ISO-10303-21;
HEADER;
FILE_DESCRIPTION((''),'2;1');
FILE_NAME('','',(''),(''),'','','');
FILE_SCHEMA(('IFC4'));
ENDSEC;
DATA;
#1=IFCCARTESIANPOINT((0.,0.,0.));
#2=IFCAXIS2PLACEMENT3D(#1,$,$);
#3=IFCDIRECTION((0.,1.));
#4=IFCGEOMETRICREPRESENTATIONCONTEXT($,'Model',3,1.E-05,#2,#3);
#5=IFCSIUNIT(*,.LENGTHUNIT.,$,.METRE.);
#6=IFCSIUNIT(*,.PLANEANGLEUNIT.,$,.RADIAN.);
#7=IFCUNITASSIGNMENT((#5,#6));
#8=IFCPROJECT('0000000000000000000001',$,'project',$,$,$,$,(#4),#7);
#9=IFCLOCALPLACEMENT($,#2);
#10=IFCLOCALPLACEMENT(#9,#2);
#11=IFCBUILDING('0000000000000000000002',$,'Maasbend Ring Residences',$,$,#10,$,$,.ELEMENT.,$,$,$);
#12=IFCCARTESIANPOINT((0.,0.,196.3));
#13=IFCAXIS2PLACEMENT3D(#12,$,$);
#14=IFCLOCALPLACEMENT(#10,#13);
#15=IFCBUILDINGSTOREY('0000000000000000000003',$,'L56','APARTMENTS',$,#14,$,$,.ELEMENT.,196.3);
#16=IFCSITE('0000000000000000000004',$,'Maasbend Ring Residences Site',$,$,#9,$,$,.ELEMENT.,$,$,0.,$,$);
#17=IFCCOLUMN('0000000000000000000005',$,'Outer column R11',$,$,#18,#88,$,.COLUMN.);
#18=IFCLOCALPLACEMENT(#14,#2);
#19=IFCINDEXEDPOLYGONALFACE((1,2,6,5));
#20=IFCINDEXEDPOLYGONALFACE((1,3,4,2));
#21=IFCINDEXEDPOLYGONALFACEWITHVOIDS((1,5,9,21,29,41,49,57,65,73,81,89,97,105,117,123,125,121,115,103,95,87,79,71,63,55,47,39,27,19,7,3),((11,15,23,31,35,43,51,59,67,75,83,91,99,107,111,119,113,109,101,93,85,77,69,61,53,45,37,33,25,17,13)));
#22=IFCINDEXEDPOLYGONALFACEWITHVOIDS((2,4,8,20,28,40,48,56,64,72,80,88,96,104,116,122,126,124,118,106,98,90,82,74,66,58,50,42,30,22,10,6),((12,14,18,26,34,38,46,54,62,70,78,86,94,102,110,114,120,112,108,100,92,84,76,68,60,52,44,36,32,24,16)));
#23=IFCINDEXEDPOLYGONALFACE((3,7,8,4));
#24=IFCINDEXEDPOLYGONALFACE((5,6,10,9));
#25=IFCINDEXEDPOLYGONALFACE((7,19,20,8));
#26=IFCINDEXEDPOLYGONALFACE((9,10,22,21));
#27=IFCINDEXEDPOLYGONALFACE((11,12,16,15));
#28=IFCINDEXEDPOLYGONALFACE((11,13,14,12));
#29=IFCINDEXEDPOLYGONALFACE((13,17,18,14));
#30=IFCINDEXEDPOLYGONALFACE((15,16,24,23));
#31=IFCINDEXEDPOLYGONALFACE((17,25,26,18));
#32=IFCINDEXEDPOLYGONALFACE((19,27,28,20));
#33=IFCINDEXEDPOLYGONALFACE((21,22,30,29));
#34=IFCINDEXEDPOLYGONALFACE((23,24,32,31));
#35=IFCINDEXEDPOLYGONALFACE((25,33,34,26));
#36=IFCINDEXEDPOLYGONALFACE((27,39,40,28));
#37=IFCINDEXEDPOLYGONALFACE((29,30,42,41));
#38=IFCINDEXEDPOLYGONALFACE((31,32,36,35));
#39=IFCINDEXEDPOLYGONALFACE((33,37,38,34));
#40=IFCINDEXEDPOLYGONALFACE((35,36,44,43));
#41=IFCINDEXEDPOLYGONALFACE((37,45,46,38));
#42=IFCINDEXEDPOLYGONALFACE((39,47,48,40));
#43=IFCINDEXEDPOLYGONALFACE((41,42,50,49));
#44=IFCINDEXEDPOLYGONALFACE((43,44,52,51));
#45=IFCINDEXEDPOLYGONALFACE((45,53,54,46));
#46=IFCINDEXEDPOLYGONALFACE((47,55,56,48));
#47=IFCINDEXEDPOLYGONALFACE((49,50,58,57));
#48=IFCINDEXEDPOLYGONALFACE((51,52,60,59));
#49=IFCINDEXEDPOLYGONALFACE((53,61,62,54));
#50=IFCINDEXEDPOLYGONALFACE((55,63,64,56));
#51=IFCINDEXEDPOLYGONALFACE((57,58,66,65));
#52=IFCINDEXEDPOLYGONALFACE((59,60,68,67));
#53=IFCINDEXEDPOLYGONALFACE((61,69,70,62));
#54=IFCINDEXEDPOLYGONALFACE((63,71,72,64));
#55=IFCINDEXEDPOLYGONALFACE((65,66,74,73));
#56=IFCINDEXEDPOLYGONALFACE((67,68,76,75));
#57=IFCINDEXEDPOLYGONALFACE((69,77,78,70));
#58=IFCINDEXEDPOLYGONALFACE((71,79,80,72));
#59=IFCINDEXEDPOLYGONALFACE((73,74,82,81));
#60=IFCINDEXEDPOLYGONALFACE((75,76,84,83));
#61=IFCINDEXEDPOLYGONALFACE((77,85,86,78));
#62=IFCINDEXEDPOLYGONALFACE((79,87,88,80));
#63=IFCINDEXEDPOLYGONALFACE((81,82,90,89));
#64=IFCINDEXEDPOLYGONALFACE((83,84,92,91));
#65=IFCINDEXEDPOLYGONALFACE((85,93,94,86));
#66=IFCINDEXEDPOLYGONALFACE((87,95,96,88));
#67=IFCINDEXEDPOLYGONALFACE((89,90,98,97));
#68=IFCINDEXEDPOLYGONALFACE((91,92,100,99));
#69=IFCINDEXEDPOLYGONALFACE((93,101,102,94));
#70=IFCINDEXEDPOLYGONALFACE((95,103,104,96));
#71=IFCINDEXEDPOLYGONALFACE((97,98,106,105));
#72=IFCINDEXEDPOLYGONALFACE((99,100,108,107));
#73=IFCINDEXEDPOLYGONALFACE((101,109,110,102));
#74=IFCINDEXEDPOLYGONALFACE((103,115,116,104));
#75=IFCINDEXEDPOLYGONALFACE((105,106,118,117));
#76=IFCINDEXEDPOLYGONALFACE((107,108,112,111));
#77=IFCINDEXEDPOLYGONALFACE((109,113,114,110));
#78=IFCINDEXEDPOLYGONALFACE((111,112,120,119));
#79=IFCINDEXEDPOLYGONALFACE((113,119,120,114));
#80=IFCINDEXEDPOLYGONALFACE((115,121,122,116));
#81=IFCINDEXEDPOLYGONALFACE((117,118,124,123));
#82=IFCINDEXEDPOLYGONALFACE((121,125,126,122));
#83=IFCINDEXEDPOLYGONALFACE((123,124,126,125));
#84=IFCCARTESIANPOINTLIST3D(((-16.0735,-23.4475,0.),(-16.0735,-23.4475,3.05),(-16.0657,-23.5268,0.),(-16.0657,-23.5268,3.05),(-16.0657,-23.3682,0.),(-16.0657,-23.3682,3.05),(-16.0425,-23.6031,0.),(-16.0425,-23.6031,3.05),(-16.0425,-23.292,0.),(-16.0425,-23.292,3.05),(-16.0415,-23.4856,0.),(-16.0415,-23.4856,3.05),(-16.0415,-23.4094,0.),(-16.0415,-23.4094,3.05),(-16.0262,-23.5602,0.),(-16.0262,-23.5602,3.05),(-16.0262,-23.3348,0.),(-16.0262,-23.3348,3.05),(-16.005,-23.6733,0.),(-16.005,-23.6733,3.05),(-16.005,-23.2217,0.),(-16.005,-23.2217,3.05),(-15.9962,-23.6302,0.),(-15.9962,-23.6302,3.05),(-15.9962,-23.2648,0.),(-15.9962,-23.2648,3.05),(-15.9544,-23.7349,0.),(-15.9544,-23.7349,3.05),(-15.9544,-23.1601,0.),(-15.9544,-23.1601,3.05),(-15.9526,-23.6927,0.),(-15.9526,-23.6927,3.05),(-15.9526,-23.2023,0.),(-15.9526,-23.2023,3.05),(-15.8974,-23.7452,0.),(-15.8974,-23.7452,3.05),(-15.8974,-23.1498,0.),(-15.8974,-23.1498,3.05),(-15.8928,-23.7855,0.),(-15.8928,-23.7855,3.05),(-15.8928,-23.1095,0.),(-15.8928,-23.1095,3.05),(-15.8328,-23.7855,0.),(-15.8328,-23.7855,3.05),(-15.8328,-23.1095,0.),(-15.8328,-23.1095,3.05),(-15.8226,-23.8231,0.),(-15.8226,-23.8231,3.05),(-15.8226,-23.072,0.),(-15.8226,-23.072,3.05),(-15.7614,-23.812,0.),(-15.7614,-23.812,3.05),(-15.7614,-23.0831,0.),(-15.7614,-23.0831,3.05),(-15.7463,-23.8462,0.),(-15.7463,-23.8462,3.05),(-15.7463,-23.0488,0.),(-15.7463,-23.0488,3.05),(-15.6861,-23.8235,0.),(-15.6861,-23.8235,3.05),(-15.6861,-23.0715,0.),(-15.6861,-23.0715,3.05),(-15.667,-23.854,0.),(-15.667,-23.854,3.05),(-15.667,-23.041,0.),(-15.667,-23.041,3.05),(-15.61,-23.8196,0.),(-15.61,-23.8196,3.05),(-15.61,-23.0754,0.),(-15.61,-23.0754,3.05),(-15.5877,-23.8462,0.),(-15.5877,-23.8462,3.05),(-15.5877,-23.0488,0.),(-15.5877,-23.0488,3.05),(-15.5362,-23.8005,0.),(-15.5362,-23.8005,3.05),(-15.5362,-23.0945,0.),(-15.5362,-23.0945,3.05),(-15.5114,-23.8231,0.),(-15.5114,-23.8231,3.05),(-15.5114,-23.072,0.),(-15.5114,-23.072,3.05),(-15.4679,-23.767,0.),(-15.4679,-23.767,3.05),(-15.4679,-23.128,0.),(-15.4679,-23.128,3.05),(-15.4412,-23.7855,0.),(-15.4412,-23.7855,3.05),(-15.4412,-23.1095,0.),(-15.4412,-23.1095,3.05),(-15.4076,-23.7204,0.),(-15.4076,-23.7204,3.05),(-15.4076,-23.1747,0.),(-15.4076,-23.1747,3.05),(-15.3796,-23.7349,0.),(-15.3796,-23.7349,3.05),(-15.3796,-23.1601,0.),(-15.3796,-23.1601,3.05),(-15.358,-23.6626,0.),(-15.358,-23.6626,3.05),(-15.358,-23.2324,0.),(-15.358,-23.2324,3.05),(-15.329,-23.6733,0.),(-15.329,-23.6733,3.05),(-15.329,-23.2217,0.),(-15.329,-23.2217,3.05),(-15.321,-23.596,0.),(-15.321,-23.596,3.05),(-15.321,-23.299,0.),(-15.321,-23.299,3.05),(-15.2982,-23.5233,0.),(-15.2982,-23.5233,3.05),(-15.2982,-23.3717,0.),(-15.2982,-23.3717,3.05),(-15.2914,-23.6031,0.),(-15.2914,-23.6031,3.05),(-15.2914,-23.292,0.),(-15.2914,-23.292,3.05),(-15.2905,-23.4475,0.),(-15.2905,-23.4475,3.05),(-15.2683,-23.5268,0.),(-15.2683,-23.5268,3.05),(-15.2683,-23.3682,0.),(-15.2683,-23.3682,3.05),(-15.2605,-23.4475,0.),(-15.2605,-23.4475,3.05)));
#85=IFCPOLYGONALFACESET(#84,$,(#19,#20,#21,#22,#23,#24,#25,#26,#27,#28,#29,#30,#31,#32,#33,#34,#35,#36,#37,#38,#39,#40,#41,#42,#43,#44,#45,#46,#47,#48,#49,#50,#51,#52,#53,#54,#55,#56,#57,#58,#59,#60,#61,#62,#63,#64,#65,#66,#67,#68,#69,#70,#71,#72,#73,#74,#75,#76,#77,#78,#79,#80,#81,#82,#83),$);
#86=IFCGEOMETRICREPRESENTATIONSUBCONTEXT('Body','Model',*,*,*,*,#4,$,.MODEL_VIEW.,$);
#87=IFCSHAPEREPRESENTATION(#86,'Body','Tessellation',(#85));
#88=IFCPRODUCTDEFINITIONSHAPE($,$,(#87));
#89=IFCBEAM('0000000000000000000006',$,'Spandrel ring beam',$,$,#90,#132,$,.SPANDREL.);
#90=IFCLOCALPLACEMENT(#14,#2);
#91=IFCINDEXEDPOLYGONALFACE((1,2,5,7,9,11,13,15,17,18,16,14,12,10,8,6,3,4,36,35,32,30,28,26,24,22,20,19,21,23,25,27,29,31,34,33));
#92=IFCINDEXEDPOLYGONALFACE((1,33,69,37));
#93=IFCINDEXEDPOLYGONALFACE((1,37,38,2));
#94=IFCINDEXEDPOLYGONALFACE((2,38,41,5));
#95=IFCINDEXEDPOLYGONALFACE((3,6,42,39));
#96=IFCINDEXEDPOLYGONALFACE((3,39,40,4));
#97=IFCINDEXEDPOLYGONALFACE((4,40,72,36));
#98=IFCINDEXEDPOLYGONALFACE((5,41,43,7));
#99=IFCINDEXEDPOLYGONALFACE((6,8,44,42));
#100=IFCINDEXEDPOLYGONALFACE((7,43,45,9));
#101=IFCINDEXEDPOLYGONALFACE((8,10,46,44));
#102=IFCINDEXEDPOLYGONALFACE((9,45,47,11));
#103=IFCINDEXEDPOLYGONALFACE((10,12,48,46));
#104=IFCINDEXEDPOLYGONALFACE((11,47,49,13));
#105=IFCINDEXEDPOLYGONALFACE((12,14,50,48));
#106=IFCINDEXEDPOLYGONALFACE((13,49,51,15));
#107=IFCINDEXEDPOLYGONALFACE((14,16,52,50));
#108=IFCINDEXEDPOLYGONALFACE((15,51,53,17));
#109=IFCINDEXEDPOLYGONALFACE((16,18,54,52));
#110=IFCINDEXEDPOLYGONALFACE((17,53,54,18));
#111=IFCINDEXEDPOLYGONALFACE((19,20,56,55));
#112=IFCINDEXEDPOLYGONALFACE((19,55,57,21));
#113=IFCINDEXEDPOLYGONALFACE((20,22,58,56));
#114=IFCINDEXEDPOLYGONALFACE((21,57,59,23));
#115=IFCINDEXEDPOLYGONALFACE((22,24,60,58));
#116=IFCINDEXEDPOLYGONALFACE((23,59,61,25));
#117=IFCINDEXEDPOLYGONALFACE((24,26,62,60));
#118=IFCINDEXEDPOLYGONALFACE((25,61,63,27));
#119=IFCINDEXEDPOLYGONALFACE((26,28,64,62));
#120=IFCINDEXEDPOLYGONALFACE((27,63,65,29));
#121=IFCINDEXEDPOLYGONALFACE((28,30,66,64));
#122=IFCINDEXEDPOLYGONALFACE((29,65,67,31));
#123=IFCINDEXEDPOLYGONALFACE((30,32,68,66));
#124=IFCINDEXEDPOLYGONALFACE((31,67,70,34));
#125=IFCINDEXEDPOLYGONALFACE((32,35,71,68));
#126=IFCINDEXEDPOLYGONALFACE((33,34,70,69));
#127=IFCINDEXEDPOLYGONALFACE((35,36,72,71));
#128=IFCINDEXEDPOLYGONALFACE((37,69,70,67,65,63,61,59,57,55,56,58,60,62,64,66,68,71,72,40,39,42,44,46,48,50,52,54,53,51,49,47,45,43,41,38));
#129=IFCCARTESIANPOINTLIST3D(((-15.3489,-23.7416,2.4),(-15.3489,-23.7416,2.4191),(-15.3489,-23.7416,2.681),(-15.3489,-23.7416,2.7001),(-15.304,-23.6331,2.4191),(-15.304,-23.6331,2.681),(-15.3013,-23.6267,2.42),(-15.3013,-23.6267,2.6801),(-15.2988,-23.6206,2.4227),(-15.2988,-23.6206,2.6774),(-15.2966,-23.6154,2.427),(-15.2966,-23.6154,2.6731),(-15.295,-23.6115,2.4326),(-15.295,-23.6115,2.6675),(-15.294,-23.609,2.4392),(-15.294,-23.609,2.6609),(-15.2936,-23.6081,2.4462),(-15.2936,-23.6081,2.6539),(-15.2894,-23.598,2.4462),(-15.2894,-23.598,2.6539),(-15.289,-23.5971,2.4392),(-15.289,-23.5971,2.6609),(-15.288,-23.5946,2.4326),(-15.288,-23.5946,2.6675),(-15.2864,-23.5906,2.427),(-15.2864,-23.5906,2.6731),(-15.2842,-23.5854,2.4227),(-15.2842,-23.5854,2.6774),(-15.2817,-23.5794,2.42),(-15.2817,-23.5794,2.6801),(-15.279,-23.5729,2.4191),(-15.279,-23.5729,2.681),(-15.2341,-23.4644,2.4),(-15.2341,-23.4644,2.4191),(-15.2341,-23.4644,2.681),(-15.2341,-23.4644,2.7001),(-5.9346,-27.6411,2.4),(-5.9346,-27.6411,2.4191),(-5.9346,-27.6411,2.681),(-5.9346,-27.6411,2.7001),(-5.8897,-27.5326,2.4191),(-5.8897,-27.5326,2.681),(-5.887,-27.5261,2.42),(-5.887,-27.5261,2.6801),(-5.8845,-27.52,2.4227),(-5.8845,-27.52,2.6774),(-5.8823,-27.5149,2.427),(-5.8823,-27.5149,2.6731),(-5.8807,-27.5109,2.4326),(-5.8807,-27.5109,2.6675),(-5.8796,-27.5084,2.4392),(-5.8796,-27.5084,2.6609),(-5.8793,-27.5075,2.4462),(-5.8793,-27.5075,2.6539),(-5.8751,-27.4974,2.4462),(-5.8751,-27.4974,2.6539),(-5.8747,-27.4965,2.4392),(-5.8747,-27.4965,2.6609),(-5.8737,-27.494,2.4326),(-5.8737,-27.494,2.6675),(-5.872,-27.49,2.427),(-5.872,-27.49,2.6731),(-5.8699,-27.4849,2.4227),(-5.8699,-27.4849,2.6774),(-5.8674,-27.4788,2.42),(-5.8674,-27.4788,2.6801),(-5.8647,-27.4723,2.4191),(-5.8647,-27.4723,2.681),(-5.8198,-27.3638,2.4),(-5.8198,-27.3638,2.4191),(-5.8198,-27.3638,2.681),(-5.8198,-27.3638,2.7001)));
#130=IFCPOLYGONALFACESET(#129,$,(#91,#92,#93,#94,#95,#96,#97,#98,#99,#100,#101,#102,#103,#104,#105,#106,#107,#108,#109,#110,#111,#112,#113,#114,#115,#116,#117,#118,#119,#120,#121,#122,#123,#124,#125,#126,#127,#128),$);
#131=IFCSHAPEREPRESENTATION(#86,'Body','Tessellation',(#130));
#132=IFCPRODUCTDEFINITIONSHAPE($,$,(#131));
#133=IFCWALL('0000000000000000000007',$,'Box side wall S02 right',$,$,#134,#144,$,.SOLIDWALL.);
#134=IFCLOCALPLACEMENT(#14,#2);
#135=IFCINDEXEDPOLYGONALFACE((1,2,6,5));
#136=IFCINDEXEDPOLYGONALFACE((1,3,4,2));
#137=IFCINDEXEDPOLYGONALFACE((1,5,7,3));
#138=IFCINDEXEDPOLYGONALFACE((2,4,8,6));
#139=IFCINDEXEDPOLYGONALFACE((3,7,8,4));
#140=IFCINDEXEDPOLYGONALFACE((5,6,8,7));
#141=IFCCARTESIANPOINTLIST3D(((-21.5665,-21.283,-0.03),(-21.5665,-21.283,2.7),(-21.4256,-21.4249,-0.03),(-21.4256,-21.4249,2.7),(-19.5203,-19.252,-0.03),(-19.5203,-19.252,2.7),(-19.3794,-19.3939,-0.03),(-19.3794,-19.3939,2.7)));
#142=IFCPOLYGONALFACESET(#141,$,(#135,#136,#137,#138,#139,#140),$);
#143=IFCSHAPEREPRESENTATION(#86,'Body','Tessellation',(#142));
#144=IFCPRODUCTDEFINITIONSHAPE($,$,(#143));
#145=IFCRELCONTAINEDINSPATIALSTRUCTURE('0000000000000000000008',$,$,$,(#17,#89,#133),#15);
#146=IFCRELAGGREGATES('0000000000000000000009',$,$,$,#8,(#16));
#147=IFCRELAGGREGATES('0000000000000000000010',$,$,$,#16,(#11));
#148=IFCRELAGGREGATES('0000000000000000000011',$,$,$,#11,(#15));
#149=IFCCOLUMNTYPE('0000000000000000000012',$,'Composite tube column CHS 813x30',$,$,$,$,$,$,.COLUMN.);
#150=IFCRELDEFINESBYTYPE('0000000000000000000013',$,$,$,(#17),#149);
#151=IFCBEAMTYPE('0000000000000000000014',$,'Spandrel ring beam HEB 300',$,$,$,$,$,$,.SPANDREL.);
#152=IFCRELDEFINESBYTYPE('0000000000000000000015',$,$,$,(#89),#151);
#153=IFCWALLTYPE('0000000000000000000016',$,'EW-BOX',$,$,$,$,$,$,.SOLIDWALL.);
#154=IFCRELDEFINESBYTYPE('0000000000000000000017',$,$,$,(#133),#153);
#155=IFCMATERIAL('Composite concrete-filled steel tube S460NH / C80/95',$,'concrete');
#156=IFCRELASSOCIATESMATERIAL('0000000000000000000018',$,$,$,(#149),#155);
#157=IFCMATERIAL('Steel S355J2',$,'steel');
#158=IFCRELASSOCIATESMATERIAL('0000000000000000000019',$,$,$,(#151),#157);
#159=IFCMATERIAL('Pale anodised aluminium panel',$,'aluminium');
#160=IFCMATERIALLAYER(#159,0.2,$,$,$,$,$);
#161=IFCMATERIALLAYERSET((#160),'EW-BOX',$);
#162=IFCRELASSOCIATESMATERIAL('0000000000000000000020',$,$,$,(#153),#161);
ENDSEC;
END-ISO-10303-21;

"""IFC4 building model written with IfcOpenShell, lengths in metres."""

from ifc_helpers import new_model, si_unit, direction, frame, frame_2d, origin, origin_2d, place, context, subcontext, project, spatial, rectangle, hollow_circle, i_section, extrude, material, layer, layer_set, material_profile, profile_set, type_object, element, save


model = new_model("IFC4")

# Units and contexts
model_context = context("Model", 3, precision=1e-05, world=origin(), true_north=direction((0.0, 1.0)))
body_context = subcontext(model_context, "Body", "Model", "MODEL_VIEW")
ifc_project = project(units=[si_unit("LENGTHUNIT", "METRE"), si_unit("PLANEANGLEUNIT", "RADIAN")], contexts=[model_context])

# Site, building, storey
site_placement = place(None, origin())
site = spatial("IfcSite", under=ifc_project, at=site_placement, Name="Maasbend Ring Residences Site", CompositionType="ELEMENT", RefElevation=0.0)
building_placement = place(site_placement, origin())
building = spatial("IfcBuilding", under=site, at=building_placement, Name="Maasbend Ring Residences", CompositionType="ELEMENT")
storey_placement = place(building_placement, frame((0.0, 0.0, 196.3)))
storey = spatial("IfcBuildingStorey", under=building, at=storey_placement, Name="L56", Description="APARTMENTS", CompositionType="ELEMENT", Elevation=196.3)

# Column
ifc_material_1 = material(Name="Composite concrete-filled steel tube S460NH / C80/95", Category="concrete")
ifc_material_profile_1 = material_profile(ifc_material_1, hollow_circle(Radius=0.4065, WallThickness=0.03, at=origin_2d()), Name="Composite tube column CHS 813x30")
ifc_profile_set_1 = profile_set([ifc_material_profile_1], Name="Composite concrete-filled steel tube S460NH / C80/95")
column_type = type_object("IfcColumnType", Name="Composite tube column CHS 813x30", PredefinedType="COLUMN", material=ifc_profile_set_1)
column_placement = place(storey_placement, frame((-15.667, -23.4475, 0.0), z_axis=(0.0, 0.0, 1.0), x_axis=(1.0, 0.0, 0.0)))
element("IfcColumn", 1, at=column_placement, inside=storey, type_object=column_type, Name="Outer column R11", PredefinedType="COLUMN", context=body_context, shape_type="SweptSolid", body=[
    extrude(hollow_circle(Radius=0.4065, WallThickness=0.03, at=origin_2d()), origin(), (0.0, 0.0, 1.0), 3.05),
])

# Beam
ifc_material_2 = material(Name="Steel S355J2", Category="steel")
ifc_material_profile_2 = material_profile(ifc_material_2, i_section(OverallWidth=0.3, OverallDepth=0.3, WebThickness=0.011, FlangeThickness=0.019, FilletRadius=0.0271, at=origin_2d()), Name="HEB 300")
ifc_profile_set_2 = profile_set([ifc_material_profile_2], Name="Steel S355J2")
beam_type = type_object("IfcBeamType", Name="Spandrel ring beam HEB 300", PredefinedType="SPANDREL", material=ifc_profile_set_2)
beam_placement = place(storey_placement, frame((-15.2915, -23.603, 2.55), z_axis=(0.923884, -0.382673, 0.0), x_axis=(0.382673, 0.923884, 0.0)))
element("IfcBeam", 2, at=beam_placement, inside=storey, type_object=beam_type, Name="Spandrel ring beam", PredefinedType="SPANDREL", context=body_context, shape_type="SweptSolid", body=[
    extrude(i_section(OverallWidth=0.3, OverallDepth=0.3, WebThickness=0.011, FlangeThickness=0.019, FilletRadius=0.0271, at=origin_2d()), origin(), (0.0, 0.0, 1.0), 10.1899),
])

# Wall
ifc_material_3 = material(Name="Pale anodised aluminium panel", Category="aluminium")
ifc_layer_1 = layer(ifc_material_3, 0.2)
ifc_layer_set_1 = layer_set([ifc_layer_1], Name="EW-BOX")
wall_type_1 = type_object("IfcWallType", Name="EW-BOX", PredefinedType="SOLIDWALL", material=ifc_layer_set_1)
wall_1_placement = place(storey_placement, frame((-19.45, -19.323, -0.03), z_axis=(0.0, 0.0, 1.0), x_axis=(-0.709727, -0.704477, 0.0)))
element("IfcWall", 3, at=wall_1_placement, inside=storey, type_object=wall_type_1, Name="Box side wall S02 right", PredefinedType="SOLIDWALL", context=body_context, shape_type="SweptSolid", body=[
    extrude(rectangle(XDim=2.8831, YDim=0.2, at=frame_2d((1.4414, 0.0))), origin(), (0.0, 0.0, 1.0), 2.73),
])

save(model, "model.ifc")
